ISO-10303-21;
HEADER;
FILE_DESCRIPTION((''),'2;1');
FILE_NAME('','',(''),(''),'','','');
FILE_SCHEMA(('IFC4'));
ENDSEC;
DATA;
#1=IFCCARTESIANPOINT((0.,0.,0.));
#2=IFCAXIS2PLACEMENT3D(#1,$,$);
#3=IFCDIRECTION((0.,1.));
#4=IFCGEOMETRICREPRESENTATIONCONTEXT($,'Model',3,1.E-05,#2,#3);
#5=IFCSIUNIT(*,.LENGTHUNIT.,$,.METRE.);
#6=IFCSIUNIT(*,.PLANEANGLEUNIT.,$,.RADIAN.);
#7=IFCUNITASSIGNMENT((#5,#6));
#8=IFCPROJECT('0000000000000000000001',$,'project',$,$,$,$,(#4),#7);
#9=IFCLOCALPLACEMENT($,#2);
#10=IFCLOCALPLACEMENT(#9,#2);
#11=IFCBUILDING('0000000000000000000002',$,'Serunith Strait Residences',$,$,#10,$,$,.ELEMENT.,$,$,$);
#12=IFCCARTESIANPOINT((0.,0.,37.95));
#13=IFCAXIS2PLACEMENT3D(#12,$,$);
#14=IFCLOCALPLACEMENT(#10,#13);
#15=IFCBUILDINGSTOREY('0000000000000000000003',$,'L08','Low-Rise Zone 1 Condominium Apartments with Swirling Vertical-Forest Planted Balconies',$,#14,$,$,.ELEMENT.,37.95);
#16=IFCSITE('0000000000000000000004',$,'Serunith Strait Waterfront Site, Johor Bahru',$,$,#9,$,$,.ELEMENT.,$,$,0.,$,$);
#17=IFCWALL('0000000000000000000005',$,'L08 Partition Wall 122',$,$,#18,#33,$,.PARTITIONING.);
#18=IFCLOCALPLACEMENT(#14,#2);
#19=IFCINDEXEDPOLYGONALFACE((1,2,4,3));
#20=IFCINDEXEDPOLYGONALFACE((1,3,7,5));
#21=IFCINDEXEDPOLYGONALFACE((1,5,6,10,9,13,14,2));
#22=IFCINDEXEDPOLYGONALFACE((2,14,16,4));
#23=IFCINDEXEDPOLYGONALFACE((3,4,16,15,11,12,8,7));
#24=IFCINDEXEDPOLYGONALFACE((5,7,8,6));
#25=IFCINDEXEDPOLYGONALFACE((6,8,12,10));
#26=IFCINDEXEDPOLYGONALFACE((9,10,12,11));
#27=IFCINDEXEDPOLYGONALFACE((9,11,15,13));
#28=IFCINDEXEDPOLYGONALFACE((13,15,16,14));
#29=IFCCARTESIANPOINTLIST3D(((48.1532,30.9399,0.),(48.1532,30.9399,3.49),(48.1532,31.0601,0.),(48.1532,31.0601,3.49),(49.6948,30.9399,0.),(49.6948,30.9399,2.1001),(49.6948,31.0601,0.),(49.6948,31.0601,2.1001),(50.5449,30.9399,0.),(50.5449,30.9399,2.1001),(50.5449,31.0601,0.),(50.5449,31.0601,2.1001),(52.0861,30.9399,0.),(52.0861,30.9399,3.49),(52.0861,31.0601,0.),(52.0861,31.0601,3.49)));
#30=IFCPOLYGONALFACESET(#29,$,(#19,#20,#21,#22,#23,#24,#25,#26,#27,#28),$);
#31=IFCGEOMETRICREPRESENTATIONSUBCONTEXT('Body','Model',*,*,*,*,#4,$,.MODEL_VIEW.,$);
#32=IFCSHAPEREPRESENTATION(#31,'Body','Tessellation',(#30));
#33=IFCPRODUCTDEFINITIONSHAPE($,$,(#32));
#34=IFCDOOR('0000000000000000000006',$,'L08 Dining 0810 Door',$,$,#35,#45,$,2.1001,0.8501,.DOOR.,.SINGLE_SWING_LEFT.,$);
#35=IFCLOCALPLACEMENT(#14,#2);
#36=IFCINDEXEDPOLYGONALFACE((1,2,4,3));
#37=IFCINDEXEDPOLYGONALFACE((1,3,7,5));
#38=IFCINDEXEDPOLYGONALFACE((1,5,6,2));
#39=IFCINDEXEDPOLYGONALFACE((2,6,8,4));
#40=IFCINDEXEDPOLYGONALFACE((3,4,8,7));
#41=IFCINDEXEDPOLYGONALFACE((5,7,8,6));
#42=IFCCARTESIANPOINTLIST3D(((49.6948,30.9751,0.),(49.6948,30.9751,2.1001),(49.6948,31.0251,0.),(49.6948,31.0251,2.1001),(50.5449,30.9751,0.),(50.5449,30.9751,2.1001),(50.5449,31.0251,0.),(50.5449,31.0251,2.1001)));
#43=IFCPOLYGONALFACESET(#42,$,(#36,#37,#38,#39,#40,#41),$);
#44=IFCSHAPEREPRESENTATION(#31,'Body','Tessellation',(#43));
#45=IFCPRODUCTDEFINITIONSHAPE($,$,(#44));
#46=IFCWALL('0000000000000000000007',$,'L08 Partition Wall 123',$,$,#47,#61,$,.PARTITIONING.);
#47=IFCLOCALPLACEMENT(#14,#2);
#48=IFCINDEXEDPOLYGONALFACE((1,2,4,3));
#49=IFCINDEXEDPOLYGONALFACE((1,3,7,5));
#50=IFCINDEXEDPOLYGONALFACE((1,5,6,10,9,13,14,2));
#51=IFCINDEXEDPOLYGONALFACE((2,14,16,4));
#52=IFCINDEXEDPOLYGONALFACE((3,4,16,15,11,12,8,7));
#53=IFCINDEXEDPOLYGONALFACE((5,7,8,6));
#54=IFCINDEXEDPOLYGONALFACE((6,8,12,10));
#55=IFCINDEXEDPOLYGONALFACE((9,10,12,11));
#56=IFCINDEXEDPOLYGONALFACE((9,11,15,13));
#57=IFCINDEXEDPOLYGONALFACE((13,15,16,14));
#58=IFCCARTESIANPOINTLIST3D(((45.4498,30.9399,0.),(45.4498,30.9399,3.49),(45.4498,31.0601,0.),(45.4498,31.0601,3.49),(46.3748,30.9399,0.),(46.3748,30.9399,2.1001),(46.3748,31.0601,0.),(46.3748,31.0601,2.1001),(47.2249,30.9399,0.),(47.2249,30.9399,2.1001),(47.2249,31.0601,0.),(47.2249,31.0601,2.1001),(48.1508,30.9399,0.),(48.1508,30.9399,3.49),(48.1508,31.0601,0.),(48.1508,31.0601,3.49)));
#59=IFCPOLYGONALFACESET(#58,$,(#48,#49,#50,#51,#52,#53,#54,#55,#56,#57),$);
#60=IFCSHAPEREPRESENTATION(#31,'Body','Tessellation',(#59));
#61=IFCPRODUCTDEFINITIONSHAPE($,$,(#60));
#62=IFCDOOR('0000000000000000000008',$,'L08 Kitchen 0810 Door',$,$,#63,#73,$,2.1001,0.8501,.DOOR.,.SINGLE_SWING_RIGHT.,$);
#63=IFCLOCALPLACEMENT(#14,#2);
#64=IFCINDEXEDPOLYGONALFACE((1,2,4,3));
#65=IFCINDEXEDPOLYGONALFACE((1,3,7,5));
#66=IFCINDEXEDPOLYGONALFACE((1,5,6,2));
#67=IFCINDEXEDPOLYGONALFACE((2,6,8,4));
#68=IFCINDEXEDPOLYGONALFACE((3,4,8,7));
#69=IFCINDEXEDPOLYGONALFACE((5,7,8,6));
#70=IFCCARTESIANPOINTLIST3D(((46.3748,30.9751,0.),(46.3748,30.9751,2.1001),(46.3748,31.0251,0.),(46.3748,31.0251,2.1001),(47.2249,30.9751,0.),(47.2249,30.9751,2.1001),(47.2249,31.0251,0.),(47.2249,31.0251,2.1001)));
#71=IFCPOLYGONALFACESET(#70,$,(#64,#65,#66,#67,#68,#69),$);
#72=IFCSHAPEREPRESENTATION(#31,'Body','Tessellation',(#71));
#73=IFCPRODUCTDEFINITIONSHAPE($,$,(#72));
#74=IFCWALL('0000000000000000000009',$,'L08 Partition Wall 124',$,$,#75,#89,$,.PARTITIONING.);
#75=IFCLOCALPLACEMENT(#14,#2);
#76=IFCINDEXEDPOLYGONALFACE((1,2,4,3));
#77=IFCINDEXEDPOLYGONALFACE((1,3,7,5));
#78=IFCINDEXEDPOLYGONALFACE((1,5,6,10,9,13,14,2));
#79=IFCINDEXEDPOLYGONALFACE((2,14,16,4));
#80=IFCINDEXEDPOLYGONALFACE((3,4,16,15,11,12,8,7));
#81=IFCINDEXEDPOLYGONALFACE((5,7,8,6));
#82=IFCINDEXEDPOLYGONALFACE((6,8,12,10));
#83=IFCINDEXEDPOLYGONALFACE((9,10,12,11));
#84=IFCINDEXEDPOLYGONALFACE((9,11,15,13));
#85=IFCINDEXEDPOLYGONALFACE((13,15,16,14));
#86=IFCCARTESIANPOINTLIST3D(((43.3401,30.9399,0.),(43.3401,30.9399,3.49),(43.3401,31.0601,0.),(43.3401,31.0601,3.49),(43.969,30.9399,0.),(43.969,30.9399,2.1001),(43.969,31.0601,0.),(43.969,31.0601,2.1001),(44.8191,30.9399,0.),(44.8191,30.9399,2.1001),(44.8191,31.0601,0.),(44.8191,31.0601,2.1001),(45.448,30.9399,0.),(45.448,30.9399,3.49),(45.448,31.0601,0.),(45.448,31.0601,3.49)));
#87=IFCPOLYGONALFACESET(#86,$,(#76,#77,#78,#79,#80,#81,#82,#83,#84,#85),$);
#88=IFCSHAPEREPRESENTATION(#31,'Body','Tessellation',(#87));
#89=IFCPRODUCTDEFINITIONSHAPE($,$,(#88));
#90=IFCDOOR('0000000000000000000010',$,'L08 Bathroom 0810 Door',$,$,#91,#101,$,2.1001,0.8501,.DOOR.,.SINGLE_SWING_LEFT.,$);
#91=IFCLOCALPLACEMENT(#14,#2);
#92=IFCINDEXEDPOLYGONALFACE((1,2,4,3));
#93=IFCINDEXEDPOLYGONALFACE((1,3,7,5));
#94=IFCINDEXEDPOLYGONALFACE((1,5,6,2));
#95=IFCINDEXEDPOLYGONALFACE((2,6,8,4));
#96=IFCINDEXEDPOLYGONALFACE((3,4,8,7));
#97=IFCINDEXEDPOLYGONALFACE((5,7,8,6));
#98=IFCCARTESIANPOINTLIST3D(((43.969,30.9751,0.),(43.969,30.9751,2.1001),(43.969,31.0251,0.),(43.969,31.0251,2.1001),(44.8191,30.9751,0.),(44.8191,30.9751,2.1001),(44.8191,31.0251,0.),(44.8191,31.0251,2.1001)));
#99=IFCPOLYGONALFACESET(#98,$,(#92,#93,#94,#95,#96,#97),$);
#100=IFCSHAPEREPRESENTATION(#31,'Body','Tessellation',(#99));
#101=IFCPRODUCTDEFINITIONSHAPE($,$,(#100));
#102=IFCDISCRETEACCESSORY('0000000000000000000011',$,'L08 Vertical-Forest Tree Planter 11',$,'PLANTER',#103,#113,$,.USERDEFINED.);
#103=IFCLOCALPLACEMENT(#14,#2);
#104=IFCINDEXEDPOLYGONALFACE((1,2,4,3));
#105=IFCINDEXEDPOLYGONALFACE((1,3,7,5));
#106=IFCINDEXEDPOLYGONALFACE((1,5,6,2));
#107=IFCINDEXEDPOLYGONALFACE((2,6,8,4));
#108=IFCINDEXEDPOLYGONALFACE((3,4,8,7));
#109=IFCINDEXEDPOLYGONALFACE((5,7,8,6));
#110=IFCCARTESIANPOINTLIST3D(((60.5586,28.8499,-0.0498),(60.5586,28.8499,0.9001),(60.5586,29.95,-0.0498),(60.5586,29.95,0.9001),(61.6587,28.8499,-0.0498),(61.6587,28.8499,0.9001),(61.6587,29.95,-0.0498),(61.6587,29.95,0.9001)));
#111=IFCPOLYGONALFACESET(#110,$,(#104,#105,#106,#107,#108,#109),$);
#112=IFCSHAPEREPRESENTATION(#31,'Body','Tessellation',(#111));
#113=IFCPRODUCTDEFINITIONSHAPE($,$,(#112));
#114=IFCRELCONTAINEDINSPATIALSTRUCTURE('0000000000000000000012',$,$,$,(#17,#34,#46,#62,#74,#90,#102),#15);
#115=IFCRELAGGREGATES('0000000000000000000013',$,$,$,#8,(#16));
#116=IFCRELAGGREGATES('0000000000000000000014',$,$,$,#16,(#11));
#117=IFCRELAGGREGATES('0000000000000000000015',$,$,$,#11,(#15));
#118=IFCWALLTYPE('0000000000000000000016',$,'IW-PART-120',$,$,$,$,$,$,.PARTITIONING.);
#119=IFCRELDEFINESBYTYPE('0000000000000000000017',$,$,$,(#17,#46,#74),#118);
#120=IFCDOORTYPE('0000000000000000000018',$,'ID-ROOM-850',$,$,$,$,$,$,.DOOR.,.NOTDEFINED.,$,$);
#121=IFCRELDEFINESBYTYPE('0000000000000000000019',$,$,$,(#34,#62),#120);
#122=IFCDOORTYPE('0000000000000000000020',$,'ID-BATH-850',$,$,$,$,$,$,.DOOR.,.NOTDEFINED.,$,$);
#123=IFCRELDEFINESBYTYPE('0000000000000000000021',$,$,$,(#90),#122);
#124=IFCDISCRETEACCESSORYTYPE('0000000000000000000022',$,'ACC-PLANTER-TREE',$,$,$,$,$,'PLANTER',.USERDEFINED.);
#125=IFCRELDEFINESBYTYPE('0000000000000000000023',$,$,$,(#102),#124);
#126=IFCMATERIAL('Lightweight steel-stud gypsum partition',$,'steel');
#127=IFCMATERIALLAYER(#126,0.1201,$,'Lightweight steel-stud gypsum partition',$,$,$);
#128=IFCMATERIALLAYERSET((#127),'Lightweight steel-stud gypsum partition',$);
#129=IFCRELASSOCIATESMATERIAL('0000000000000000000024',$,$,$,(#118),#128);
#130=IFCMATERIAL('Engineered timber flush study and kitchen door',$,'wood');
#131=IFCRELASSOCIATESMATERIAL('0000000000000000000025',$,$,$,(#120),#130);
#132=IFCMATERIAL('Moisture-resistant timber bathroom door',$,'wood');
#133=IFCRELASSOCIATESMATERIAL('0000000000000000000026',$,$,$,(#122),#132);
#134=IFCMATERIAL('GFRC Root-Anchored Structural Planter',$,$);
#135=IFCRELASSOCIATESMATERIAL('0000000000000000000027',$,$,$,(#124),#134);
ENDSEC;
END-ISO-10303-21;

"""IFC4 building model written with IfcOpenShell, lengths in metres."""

from ifc_helpers import new_model, si_unit, direction, frame, frame_2d, origin, origin_2d, place, context, subcontext, project, spatial, rectangle, extrude, source, transform, mapped, material, layer, layer_set, type_object, element, fill, save


model = new_model("IFC4")

# Units and contexts
model_context = context("Model", 3, precision=1e-05, world=origin(), true_north=direction((0.0, 1.0)))
body_context = subcontext(model_context, "Body", "Model", "MODEL_VIEW")
ifc_project = project(units=[si_unit("LENGTHUNIT", "METRE"), si_unit("PLANEANGLEUNIT", "RADIAN")], contexts=[model_context])

# Site, building, storey
site_placement = place(None, origin())
site = spatial("IfcSite", under=ifc_project, at=site_placement, Name="Serunith Strait Waterfront Site, Johor Bahru", CompositionType="ELEMENT", RefElevation=0.0)
building_placement = place(site_placement, origin())
building = spatial("IfcBuilding", under=site, at=building_placement, Name="Serunith Strait Residences", CompositionType="ELEMENT")
storey_placement = place(building_placement, frame((0.0, 0.0, 37.95)))
storey = spatial("IfcBuildingStorey", under=building, at=storey_placement, Name="L08", Description="Low-Rise Zone 1 Condominium Apartments with Swirling Vertical-Forest Planted Balconies", CompositionType="ELEMENT", Elevation=37.95)

# Shared definitions
ifc_material_1 = material(Name="Lightweight steel-stud gypsum partition", Category="steel")
ifc_layer_1 = layer(ifc_material_1, 0.1201, Name="Lightweight steel-stud gypsum partition")
ifc_layer_set_1 = layer_set([ifc_layer_1], Name="Lightweight steel-stud gypsum partition")
wall_type = type_object("IfcWallType", Name="IW-PART-120", PredefinedType="PARTITIONING", material=ifc_layer_set_1)
ifc_material_2 = material(Name="Engineered timber flush study and kitchen door", Category="wood")
door_type_1 = type_object("IfcDoorType", Name="ID-ROOM-850", OperationType="NOTDEFINED", PredefinedType="DOOR", material=ifc_material_2)
shared_shape_1 = source(origin(), body_context, "Body", "SweptSolid", [
    extrude(rectangle(XDim=0.8501, YDim=2.1001, at=frame_2d((0.425, 1.05))), frame((0.0, 0.0249, 0.0), z_axis=(0.0, -1.0, 0.0), x_axis=(1.0, 0.0, 0.0)), (0.0, 0.0, 1.0), 0.05),
])

# Walls, openings, doors
wall_1_placement = place(storey_placement, frame((52.0859, 31.0, 0.0), z_axis=(0.0, 0.0, 1.0), x_axis=(-1.0, 0.0, 0.0)))
wall_1 = element("IfcWall", 1, at=wall_1_placement, inside=storey, type_object=wall_type, Name="L08 Partition Wall 122", PredefinedType="PARTITIONING", context=body_context, shape_type="SweptSolid", body=[
    extrude(rectangle(XDim=3.9329, YDim=0.1201, at=frame_2d((1.9663, 0.0))), origin(), (0.0, 0.0, 1.0), 3.49),
])
opening_1_placement = place(wall_1_placement, frame((1.541, 0.0, 0.0)))
opening_1 = element("IfcOpeningElement", 2, at=opening_1_placement, cuts=wall_1, PredefinedType="OPENING", context=body_context, shape_type="SweptSolid", body=[
    extrude(rectangle(XDim=0.8501, YDim=2.1001, at=frame_2d((0.425, 1.05))), frame((0.0, 0.0701, 0.0), z_axis=(0.0, -1.0, 0.0), x_axis=(1.0, 0.0, 0.0)), (0.0, 0.0, 1.0), 0.1401),
])
door_1_placement = place(opening_1_placement, origin())
door_1 = element("IfcDoor", 3, at=door_1_placement, inside=storey, type_object=door_type_1, Name="L08 Dining 0810 Door", OperationType="SINGLE_SWING_LEFT", OverallHeight=2.1001, OverallWidth=0.8501, PredefinedType="DOOR", context=body_context, shape_type="MappedRepresentation", body=[
    mapped(shared_shape_1, transform((0.0, 0.0, 0.0), scale=1.0)),
])
fill(opening_1, door_1)
wall_2_placement = place(storey_placement, frame((48.1509, 31.0, 0.0), z_axis=(0.0, 0.0, 1.0), x_axis=(-1.0, 0.0, 0.0)))
wall_2 = element("IfcWall", 4, at=wall_2_placement, inside=storey, type_object=wall_type, Name="L08 Partition Wall 123", PredefinedType="PARTITIONING", context=body_context, shape_type="SweptSolid", body=[
    extrude(rectangle(XDim=2.7009, YDim=0.1201, at=frame_2d((1.3506, 0.0))), origin(), (0.0, 0.0, 1.0), 3.49),
])
opening_2_placement = place(wall_2_placement, frame((0.926, 0.0, 0.0)))
opening_2 = element("IfcOpeningElement", 5, at=opening_2_placement, cuts=wall_2, PredefinedType="OPENING", context=body_context, shape_type="SweptSolid", body=[
    extrude(rectangle(XDim=0.8501, YDim=2.1001, at=frame_2d((0.425, 1.05))), frame((0.0, 0.0701, 0.0), z_axis=(0.0, -1.0, 0.0), x_axis=(1.0, 0.0, 0.0)), (0.0, 0.0, 1.0), 0.1401),
])
door_2_placement = place(opening_2_placement, origin())
door_2 = element("IfcDoor", 6, at=door_2_placement, inside=storey, type_object=door_type_1, Name="L08 Kitchen 0810 Door", OperationType="SINGLE_SWING_RIGHT", OverallHeight=2.1001, OverallWidth=0.8501, PredefinedType="DOOR", context=body_context, shape_type="MappedRepresentation", body=[
    mapped(shared_shape_1, transform((0.0, 0.0, 0.0), scale=1.0)),
])
fill(opening_2, door_2)
wall_3_placement = place(storey_placement, frame((45.448, 31.0, 0.0), z_axis=(0.0, 0.0, 1.0), x_axis=(-1.0, 0.0, 0.0)))
wall_3 = element("IfcWall", 7, at=wall_3_placement, inside=storey, type_object=wall_type, Name="L08 Partition Wall 124", PredefinedType="PARTITIONING", context=body_context, shape_type="SweptSolid", body=[
    extrude(rectangle(XDim=2.1079, YDim=0.1201, at=frame_2d((1.054, 0.0))), origin(), (0.0, 0.0, 1.0), 3.49),
])
opening_3_placement = place(wall_3_placement, frame((0.6289, 0.0, 0.0)))
opening_3 = element("IfcOpeningElement", 8, at=opening_3_placement, cuts=wall_3, PredefinedType="OPENING", context=body_context, shape_type="SweptSolid", body=[
    extrude(rectangle(XDim=0.8501, YDim=2.1001, at=frame_2d((0.425, 1.05))), frame((0.0, 0.0701, 0.0), z_axis=(0.0, -1.0, 0.0), x_axis=(1.0, 0.0, 0.0)), (0.0, 0.0, 1.0), 0.1401),
])
ifc_material_3 = material(Name="Moisture-resistant timber bathroom door", Category="wood")
door_type_2 = type_object("IfcDoorType", Name="ID-BATH-850", OperationType="NOTDEFINED", PredefinedType="DOOR", material=ifc_material_3)
door_3_placement = place(opening_3_placement, origin())
door_3 = element("IfcDoor", 9, at=door_3_placement, inside=storey, type_object=door_type_2, Name="L08 Bathroom 0810 Door", OperationType="SINGLE_SWING_LEFT", OverallHeight=2.1001, OverallWidth=0.8501, PredefinedType="DOOR", context=body_context, shape_type="MappedRepresentation", body=[
    mapped(shared_shape_1, transform((0.0, 0.0, 0.0), scale=1.0)),
])
fill(opening_3, door_3)

# Discrete accessory
ifc_material_4 = material(Name="GFRC Root-Anchored Structural Planter")
discrete_accessory_type = type_object("IfcDiscreteAccessoryType", Name="ACC-PLANTER-TREE", ElementType="PLANTER", PredefinedType="USERDEFINED", material=ifc_material_4)
shared_shape_2 = source(origin(), body_context, "Body", "SweptSolid", [
    extrude(rectangle(XDim=1.1001, YDim=1.1001, at=origin_2d()), origin(), (0.0, 0.0, 1.0), 0.95),
])
discrete_accessory_placement = place(storey_placement, frame((61.1086, 29.3999, -0.0498), z_axis=(0.0, 0.0, 1.0), x_axis=(0.0, 1.0, 0.0)))
element("IfcDiscreteAccessory", 10, at=discrete_accessory_placement, inside=storey, type_object=discrete_accessory_type, Name="L08 Vertical-Forest Tree Planter 11", ObjectType="PLANTER", PredefinedType="USERDEFINED", context=body_context, shape_type="MappedRepresentation", body=[
    mapped(shared_shape_2, transform((0.0, 0.0, 0.0), scale=1.0)),
])

save(model, "model.ifc")
